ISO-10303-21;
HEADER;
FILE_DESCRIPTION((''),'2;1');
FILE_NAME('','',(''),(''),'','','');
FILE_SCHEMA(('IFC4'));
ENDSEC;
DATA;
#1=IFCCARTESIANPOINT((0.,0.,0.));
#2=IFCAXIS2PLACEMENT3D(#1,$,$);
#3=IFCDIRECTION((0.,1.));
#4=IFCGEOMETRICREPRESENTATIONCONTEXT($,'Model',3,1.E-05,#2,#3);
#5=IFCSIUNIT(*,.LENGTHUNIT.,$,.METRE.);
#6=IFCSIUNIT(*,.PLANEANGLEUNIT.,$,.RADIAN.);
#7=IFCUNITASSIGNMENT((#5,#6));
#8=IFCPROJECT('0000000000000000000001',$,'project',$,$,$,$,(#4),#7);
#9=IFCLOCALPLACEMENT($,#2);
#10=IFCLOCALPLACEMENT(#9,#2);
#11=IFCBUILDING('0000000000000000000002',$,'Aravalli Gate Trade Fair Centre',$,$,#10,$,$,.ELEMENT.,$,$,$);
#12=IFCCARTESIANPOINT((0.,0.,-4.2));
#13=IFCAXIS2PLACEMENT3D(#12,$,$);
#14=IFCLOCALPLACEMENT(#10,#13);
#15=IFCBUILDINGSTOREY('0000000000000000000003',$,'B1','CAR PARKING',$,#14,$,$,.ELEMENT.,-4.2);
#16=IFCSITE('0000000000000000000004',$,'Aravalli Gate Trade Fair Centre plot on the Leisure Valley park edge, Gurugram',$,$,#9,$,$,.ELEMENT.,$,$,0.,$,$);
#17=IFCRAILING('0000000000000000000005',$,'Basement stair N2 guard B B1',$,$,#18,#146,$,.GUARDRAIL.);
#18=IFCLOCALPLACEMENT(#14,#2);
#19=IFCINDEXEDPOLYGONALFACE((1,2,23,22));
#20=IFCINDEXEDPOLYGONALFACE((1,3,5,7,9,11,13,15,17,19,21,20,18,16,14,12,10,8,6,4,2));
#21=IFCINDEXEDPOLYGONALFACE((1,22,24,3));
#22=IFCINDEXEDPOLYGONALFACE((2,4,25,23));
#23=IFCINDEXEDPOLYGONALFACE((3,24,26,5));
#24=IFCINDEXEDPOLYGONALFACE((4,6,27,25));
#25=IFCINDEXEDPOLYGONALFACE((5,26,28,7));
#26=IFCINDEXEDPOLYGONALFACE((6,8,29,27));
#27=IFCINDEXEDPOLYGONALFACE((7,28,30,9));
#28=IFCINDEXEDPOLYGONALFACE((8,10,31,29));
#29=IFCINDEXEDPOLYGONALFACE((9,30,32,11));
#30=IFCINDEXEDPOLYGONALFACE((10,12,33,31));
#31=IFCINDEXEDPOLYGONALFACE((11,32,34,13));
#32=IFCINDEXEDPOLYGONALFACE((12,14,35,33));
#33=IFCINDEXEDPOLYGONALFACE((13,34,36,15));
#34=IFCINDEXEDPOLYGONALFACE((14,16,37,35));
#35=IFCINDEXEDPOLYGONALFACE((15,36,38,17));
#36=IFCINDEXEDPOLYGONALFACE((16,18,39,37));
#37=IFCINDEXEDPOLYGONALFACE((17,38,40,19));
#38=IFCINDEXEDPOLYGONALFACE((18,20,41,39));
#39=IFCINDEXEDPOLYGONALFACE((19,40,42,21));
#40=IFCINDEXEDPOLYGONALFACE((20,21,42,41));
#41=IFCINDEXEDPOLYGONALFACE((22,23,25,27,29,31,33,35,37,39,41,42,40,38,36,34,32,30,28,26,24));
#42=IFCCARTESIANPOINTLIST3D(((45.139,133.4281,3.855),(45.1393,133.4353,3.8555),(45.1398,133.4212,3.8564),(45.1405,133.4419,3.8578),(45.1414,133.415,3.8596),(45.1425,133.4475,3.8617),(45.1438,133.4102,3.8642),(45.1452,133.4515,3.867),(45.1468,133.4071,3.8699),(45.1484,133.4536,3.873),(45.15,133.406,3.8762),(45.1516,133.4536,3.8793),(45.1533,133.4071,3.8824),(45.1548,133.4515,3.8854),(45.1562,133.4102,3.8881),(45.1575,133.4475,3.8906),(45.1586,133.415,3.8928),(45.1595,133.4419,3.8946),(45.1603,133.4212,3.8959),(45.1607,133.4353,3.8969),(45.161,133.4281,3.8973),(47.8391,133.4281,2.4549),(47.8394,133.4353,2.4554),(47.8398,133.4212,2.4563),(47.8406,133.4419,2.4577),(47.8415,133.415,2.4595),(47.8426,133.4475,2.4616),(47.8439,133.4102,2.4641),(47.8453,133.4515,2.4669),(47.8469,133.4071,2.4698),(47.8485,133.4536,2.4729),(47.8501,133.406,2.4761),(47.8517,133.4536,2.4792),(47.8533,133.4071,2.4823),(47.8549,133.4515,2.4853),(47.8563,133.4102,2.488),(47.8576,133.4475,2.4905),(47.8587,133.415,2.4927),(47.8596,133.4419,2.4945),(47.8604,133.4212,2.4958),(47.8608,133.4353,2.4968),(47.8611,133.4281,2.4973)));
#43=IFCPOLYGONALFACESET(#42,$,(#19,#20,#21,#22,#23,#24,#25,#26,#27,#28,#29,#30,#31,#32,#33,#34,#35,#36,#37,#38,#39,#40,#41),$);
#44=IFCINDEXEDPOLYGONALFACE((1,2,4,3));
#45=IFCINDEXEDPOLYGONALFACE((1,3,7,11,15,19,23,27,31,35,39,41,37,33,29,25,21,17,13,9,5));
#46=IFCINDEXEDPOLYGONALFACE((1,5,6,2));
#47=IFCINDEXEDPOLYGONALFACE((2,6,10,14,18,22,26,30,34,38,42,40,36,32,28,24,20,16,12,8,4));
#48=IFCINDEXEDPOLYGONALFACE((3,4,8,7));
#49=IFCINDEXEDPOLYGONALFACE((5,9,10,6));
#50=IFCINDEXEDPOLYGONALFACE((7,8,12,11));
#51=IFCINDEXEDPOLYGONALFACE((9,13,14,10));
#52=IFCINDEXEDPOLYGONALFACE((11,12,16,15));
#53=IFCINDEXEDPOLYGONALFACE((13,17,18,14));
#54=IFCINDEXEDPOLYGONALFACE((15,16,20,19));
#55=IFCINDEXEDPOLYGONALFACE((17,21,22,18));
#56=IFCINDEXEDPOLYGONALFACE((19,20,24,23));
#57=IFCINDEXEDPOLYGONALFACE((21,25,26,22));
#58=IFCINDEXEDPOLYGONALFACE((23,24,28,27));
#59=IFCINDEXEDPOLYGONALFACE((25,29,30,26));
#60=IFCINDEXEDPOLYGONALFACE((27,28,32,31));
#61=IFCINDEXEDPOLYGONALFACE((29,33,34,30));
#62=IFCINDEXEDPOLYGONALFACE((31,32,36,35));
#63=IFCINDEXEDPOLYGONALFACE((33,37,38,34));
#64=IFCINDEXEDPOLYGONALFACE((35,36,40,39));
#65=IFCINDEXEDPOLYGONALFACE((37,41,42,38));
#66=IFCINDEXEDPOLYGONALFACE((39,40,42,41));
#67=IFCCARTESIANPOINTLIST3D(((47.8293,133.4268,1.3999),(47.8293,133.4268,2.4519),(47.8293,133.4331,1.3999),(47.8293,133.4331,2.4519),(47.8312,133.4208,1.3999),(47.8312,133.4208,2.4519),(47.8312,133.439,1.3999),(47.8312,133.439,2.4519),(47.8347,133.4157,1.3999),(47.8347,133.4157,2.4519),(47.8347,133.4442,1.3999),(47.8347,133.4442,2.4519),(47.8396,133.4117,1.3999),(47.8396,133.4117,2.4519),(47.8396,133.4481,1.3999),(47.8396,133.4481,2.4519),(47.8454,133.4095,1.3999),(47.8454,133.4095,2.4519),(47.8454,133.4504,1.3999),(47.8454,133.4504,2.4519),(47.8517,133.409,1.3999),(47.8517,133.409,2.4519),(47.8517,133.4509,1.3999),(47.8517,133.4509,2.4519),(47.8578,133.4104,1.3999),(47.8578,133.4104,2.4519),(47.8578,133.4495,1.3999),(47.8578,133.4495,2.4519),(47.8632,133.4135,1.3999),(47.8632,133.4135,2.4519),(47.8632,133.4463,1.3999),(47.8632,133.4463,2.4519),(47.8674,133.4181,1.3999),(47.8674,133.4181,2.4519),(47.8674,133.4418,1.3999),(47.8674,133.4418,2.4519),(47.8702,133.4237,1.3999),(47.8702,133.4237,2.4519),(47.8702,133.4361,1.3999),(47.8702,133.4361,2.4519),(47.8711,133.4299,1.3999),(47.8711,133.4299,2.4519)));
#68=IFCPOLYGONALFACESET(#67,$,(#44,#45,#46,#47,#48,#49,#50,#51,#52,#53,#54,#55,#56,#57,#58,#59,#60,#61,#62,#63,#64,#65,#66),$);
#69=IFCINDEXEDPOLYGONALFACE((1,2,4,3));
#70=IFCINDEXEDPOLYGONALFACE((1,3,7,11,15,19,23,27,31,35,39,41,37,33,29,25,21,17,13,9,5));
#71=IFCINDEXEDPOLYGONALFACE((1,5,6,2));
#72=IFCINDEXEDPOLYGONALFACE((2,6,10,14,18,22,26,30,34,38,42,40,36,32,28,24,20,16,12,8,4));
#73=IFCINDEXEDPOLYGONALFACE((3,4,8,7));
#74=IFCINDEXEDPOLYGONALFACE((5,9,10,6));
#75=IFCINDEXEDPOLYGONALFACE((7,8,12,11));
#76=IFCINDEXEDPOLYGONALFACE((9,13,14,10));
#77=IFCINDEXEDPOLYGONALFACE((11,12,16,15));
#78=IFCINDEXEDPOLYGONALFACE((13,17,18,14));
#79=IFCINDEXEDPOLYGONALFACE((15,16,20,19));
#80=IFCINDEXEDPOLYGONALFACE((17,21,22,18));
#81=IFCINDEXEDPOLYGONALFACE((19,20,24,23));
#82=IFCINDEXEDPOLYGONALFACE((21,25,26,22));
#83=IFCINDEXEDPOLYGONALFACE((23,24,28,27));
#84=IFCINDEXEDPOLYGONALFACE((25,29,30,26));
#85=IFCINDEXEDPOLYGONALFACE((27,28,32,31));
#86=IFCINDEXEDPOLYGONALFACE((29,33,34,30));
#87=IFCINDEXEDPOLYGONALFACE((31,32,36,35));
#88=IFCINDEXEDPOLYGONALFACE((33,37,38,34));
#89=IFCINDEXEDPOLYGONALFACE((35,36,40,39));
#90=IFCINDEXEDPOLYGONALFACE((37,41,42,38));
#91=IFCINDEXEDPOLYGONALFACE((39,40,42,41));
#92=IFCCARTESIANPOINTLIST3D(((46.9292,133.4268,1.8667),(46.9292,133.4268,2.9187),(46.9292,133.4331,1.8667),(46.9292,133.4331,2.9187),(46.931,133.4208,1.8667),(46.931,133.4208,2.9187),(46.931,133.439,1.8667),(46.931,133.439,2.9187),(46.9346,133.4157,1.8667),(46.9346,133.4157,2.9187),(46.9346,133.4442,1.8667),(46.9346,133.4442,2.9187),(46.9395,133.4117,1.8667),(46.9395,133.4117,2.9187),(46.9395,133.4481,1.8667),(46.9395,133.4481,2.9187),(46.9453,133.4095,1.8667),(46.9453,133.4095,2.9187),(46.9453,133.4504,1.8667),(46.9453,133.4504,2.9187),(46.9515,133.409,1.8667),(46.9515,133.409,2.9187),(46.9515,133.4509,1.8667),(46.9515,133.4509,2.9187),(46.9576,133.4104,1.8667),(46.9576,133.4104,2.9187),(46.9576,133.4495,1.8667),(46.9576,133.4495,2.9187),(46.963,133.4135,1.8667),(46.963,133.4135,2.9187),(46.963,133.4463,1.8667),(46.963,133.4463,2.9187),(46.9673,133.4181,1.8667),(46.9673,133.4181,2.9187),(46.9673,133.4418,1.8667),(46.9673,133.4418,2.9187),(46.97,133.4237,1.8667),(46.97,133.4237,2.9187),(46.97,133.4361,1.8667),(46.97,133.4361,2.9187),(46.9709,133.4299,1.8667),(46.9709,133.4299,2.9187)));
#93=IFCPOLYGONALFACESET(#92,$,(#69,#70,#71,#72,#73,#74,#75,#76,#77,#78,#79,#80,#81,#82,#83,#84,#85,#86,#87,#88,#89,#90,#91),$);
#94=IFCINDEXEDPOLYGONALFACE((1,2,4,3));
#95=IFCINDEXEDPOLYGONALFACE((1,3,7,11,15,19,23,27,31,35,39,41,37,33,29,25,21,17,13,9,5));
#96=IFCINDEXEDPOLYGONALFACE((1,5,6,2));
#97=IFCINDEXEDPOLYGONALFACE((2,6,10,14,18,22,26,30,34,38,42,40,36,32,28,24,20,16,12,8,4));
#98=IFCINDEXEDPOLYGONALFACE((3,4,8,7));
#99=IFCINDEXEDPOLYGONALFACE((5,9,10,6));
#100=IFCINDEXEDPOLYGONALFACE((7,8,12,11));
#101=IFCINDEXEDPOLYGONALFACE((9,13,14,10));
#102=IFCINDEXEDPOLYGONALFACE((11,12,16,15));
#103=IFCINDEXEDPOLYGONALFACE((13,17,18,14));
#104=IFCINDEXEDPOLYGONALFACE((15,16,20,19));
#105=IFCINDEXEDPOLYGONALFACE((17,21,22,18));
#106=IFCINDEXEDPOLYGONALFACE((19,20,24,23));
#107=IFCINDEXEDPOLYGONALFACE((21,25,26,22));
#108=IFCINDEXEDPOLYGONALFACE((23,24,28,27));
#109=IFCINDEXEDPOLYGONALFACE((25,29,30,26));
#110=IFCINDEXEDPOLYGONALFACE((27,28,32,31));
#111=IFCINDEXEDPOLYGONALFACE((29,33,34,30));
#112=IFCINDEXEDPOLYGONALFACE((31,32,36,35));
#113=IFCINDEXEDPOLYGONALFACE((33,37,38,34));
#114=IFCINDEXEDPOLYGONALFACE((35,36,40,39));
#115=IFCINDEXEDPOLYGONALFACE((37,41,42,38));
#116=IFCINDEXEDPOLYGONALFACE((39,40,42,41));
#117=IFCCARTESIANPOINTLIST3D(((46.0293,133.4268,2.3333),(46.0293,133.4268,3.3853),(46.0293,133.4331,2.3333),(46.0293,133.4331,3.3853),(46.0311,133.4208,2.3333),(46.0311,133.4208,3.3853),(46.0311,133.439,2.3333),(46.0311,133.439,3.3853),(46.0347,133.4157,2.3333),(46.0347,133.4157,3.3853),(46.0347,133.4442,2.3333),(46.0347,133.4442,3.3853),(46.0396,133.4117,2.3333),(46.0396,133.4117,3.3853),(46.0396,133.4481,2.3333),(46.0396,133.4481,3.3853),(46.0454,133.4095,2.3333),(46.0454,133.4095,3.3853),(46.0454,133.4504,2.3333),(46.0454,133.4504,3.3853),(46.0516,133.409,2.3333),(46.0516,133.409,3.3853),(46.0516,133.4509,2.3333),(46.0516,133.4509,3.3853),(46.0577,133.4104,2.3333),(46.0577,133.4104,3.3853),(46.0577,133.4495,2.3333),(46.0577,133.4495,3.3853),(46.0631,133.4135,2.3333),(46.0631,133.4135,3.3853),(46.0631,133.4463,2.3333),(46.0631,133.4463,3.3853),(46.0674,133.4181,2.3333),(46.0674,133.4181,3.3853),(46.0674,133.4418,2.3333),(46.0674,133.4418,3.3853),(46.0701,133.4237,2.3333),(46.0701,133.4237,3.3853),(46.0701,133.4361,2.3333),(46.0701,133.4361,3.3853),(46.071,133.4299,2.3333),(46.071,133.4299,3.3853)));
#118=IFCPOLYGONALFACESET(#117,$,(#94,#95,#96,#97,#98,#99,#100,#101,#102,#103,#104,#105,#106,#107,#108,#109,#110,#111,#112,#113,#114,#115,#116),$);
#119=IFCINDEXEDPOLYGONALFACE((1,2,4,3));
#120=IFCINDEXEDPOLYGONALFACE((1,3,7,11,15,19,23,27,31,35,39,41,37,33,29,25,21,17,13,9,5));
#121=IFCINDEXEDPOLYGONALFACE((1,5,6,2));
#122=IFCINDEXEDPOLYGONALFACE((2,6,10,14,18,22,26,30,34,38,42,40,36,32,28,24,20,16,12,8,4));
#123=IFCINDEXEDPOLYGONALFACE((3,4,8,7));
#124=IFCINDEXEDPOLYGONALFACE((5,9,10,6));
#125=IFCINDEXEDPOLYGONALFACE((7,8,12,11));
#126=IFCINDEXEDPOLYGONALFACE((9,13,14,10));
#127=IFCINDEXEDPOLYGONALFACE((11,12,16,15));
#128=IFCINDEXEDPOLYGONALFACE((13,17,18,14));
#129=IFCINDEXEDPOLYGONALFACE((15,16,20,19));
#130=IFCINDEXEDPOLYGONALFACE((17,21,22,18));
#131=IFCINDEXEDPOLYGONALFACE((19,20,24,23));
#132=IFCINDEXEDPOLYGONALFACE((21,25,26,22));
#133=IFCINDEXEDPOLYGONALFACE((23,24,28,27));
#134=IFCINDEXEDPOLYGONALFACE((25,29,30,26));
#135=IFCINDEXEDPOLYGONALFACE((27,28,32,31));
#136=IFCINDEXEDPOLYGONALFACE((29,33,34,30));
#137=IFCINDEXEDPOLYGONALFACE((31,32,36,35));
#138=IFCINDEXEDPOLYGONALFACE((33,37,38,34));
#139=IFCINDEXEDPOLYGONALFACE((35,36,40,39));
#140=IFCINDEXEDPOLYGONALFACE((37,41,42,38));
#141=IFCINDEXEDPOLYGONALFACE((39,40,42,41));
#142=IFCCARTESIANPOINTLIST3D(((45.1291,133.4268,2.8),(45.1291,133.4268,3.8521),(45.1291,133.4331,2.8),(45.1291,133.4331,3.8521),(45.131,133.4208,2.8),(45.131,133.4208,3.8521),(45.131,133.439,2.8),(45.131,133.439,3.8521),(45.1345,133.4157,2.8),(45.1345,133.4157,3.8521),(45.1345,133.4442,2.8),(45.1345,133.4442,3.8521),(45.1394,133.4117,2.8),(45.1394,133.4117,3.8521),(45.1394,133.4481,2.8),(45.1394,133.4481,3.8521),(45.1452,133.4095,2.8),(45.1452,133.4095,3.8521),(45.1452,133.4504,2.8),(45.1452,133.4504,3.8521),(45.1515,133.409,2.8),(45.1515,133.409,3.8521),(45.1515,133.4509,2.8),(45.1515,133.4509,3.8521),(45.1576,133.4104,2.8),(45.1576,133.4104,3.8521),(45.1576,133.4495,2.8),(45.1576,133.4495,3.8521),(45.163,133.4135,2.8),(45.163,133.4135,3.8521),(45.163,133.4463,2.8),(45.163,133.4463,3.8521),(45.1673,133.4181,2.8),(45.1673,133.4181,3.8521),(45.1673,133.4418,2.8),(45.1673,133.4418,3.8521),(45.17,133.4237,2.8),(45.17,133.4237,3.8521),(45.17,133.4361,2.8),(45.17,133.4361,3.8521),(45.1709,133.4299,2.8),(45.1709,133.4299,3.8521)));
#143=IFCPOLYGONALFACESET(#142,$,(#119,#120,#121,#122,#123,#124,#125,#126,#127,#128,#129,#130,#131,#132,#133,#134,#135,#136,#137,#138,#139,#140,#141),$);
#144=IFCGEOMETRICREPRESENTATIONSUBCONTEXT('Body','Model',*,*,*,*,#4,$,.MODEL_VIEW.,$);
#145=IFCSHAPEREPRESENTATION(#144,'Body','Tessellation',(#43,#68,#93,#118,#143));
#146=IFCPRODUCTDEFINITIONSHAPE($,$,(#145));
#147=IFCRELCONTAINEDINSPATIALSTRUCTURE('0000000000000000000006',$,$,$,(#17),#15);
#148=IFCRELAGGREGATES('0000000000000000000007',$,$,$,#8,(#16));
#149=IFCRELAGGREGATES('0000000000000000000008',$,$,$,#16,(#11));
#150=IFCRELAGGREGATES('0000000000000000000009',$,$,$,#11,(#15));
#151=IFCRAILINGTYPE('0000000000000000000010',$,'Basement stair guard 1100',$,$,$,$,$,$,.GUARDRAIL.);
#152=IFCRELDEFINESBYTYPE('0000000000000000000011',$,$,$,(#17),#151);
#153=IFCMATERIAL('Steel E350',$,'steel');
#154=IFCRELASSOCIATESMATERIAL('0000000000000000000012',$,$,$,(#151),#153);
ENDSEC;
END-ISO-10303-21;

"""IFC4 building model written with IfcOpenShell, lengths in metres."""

from ifc_helpers import new_model, si_unit, direction, frame, origin, origin_2d, place, context, subcontext, project, spatial, circle, extrude, material, type_object, element, save


model = new_model("IFC4")

# Units and contexts
model_context = context("Model", 3, precision=1e-05, world=origin(), true_north=direction((0.0, 1.0)))
body_context = subcontext(model_context, "Body", "Model", "MODEL_VIEW")
ifc_project = project(units=[si_unit("LENGTHUNIT", "METRE"), si_unit("PLANEANGLEUNIT", "RADIAN")], contexts=[model_context])

# Site, building, storey
site_placement = place(None, origin())
site = spatial("IfcSite", under=ifc_project, at=site_placement, Name="Aravalli Gate Trade Fair Centre plot on the Leisure Valley park edge, Gurugram", CompositionType="ELEMENT", RefElevation=0.0)
building_placement = place(site_placement, origin())
building = spatial("IfcBuilding", under=site, at=building_placement, Name="Aravalli Gate Trade Fair Centre", CompositionType="ELEMENT")
storey_placement = place(building_placement, frame((0.0, 0.0, -4.2)))
storey = spatial("IfcBuildingStorey", under=building, at=storey_placement, Name="B1", Description="CAR PARKING", CompositionType="ELEMENT", Elevation=-4.2)

# Railing
ifc_material_1 = material(Name="Steel E350", Category="steel")
railing_type_1 = type_object("IfcRailingType", Name="Basement stair guard 1100", PredefinedType="GUARDRAIL", material=ifc_material_1)
railing_1_placement = place(storey_placement, frame((47.8501, 133.4299, 1.3999)))
element("IfcRailing", 1, at=railing_1_placement, inside=storey, type_object=railing_type_1, Name="Basement stair N2 guard B B1", PredefinedType="GUARDRAIL", context=body_context, shape_type="SweptSolid", body=[
    extrude(circle(Radius=0.0239, at=origin_2d()), frame((0.0, 0.0, 1.0762), z_axis=(-0.887748, 0.0, 0.460329), x_axis=(0.0, -1.0, 0.0)), (0.0, 0.0, 1.0), 3.0415),
    extrude(circle(Radius=0.021, at=origin_2d()), origin(), (0.0, 0.0, 1.0), 1.052),
    extrude(circle(Radius=0.021, at=origin_2d()), frame((-0.9001, 0.0, 0.4668)), (0.0, 0.0, 1.0), 1.052),
    extrude(circle(Radius=0.021, at=origin_2d()), frame((-1.8, 0.0, 0.9333)), (0.0, 0.0, 1.0), 1.052),
    extrude(circle(Radius=0.021, at=origin_2d()), frame((-2.7002, 0.0, 1.4001)), (0.0, 0.0, 1.0), 1.052),
])

save(model, "model.ifc")
